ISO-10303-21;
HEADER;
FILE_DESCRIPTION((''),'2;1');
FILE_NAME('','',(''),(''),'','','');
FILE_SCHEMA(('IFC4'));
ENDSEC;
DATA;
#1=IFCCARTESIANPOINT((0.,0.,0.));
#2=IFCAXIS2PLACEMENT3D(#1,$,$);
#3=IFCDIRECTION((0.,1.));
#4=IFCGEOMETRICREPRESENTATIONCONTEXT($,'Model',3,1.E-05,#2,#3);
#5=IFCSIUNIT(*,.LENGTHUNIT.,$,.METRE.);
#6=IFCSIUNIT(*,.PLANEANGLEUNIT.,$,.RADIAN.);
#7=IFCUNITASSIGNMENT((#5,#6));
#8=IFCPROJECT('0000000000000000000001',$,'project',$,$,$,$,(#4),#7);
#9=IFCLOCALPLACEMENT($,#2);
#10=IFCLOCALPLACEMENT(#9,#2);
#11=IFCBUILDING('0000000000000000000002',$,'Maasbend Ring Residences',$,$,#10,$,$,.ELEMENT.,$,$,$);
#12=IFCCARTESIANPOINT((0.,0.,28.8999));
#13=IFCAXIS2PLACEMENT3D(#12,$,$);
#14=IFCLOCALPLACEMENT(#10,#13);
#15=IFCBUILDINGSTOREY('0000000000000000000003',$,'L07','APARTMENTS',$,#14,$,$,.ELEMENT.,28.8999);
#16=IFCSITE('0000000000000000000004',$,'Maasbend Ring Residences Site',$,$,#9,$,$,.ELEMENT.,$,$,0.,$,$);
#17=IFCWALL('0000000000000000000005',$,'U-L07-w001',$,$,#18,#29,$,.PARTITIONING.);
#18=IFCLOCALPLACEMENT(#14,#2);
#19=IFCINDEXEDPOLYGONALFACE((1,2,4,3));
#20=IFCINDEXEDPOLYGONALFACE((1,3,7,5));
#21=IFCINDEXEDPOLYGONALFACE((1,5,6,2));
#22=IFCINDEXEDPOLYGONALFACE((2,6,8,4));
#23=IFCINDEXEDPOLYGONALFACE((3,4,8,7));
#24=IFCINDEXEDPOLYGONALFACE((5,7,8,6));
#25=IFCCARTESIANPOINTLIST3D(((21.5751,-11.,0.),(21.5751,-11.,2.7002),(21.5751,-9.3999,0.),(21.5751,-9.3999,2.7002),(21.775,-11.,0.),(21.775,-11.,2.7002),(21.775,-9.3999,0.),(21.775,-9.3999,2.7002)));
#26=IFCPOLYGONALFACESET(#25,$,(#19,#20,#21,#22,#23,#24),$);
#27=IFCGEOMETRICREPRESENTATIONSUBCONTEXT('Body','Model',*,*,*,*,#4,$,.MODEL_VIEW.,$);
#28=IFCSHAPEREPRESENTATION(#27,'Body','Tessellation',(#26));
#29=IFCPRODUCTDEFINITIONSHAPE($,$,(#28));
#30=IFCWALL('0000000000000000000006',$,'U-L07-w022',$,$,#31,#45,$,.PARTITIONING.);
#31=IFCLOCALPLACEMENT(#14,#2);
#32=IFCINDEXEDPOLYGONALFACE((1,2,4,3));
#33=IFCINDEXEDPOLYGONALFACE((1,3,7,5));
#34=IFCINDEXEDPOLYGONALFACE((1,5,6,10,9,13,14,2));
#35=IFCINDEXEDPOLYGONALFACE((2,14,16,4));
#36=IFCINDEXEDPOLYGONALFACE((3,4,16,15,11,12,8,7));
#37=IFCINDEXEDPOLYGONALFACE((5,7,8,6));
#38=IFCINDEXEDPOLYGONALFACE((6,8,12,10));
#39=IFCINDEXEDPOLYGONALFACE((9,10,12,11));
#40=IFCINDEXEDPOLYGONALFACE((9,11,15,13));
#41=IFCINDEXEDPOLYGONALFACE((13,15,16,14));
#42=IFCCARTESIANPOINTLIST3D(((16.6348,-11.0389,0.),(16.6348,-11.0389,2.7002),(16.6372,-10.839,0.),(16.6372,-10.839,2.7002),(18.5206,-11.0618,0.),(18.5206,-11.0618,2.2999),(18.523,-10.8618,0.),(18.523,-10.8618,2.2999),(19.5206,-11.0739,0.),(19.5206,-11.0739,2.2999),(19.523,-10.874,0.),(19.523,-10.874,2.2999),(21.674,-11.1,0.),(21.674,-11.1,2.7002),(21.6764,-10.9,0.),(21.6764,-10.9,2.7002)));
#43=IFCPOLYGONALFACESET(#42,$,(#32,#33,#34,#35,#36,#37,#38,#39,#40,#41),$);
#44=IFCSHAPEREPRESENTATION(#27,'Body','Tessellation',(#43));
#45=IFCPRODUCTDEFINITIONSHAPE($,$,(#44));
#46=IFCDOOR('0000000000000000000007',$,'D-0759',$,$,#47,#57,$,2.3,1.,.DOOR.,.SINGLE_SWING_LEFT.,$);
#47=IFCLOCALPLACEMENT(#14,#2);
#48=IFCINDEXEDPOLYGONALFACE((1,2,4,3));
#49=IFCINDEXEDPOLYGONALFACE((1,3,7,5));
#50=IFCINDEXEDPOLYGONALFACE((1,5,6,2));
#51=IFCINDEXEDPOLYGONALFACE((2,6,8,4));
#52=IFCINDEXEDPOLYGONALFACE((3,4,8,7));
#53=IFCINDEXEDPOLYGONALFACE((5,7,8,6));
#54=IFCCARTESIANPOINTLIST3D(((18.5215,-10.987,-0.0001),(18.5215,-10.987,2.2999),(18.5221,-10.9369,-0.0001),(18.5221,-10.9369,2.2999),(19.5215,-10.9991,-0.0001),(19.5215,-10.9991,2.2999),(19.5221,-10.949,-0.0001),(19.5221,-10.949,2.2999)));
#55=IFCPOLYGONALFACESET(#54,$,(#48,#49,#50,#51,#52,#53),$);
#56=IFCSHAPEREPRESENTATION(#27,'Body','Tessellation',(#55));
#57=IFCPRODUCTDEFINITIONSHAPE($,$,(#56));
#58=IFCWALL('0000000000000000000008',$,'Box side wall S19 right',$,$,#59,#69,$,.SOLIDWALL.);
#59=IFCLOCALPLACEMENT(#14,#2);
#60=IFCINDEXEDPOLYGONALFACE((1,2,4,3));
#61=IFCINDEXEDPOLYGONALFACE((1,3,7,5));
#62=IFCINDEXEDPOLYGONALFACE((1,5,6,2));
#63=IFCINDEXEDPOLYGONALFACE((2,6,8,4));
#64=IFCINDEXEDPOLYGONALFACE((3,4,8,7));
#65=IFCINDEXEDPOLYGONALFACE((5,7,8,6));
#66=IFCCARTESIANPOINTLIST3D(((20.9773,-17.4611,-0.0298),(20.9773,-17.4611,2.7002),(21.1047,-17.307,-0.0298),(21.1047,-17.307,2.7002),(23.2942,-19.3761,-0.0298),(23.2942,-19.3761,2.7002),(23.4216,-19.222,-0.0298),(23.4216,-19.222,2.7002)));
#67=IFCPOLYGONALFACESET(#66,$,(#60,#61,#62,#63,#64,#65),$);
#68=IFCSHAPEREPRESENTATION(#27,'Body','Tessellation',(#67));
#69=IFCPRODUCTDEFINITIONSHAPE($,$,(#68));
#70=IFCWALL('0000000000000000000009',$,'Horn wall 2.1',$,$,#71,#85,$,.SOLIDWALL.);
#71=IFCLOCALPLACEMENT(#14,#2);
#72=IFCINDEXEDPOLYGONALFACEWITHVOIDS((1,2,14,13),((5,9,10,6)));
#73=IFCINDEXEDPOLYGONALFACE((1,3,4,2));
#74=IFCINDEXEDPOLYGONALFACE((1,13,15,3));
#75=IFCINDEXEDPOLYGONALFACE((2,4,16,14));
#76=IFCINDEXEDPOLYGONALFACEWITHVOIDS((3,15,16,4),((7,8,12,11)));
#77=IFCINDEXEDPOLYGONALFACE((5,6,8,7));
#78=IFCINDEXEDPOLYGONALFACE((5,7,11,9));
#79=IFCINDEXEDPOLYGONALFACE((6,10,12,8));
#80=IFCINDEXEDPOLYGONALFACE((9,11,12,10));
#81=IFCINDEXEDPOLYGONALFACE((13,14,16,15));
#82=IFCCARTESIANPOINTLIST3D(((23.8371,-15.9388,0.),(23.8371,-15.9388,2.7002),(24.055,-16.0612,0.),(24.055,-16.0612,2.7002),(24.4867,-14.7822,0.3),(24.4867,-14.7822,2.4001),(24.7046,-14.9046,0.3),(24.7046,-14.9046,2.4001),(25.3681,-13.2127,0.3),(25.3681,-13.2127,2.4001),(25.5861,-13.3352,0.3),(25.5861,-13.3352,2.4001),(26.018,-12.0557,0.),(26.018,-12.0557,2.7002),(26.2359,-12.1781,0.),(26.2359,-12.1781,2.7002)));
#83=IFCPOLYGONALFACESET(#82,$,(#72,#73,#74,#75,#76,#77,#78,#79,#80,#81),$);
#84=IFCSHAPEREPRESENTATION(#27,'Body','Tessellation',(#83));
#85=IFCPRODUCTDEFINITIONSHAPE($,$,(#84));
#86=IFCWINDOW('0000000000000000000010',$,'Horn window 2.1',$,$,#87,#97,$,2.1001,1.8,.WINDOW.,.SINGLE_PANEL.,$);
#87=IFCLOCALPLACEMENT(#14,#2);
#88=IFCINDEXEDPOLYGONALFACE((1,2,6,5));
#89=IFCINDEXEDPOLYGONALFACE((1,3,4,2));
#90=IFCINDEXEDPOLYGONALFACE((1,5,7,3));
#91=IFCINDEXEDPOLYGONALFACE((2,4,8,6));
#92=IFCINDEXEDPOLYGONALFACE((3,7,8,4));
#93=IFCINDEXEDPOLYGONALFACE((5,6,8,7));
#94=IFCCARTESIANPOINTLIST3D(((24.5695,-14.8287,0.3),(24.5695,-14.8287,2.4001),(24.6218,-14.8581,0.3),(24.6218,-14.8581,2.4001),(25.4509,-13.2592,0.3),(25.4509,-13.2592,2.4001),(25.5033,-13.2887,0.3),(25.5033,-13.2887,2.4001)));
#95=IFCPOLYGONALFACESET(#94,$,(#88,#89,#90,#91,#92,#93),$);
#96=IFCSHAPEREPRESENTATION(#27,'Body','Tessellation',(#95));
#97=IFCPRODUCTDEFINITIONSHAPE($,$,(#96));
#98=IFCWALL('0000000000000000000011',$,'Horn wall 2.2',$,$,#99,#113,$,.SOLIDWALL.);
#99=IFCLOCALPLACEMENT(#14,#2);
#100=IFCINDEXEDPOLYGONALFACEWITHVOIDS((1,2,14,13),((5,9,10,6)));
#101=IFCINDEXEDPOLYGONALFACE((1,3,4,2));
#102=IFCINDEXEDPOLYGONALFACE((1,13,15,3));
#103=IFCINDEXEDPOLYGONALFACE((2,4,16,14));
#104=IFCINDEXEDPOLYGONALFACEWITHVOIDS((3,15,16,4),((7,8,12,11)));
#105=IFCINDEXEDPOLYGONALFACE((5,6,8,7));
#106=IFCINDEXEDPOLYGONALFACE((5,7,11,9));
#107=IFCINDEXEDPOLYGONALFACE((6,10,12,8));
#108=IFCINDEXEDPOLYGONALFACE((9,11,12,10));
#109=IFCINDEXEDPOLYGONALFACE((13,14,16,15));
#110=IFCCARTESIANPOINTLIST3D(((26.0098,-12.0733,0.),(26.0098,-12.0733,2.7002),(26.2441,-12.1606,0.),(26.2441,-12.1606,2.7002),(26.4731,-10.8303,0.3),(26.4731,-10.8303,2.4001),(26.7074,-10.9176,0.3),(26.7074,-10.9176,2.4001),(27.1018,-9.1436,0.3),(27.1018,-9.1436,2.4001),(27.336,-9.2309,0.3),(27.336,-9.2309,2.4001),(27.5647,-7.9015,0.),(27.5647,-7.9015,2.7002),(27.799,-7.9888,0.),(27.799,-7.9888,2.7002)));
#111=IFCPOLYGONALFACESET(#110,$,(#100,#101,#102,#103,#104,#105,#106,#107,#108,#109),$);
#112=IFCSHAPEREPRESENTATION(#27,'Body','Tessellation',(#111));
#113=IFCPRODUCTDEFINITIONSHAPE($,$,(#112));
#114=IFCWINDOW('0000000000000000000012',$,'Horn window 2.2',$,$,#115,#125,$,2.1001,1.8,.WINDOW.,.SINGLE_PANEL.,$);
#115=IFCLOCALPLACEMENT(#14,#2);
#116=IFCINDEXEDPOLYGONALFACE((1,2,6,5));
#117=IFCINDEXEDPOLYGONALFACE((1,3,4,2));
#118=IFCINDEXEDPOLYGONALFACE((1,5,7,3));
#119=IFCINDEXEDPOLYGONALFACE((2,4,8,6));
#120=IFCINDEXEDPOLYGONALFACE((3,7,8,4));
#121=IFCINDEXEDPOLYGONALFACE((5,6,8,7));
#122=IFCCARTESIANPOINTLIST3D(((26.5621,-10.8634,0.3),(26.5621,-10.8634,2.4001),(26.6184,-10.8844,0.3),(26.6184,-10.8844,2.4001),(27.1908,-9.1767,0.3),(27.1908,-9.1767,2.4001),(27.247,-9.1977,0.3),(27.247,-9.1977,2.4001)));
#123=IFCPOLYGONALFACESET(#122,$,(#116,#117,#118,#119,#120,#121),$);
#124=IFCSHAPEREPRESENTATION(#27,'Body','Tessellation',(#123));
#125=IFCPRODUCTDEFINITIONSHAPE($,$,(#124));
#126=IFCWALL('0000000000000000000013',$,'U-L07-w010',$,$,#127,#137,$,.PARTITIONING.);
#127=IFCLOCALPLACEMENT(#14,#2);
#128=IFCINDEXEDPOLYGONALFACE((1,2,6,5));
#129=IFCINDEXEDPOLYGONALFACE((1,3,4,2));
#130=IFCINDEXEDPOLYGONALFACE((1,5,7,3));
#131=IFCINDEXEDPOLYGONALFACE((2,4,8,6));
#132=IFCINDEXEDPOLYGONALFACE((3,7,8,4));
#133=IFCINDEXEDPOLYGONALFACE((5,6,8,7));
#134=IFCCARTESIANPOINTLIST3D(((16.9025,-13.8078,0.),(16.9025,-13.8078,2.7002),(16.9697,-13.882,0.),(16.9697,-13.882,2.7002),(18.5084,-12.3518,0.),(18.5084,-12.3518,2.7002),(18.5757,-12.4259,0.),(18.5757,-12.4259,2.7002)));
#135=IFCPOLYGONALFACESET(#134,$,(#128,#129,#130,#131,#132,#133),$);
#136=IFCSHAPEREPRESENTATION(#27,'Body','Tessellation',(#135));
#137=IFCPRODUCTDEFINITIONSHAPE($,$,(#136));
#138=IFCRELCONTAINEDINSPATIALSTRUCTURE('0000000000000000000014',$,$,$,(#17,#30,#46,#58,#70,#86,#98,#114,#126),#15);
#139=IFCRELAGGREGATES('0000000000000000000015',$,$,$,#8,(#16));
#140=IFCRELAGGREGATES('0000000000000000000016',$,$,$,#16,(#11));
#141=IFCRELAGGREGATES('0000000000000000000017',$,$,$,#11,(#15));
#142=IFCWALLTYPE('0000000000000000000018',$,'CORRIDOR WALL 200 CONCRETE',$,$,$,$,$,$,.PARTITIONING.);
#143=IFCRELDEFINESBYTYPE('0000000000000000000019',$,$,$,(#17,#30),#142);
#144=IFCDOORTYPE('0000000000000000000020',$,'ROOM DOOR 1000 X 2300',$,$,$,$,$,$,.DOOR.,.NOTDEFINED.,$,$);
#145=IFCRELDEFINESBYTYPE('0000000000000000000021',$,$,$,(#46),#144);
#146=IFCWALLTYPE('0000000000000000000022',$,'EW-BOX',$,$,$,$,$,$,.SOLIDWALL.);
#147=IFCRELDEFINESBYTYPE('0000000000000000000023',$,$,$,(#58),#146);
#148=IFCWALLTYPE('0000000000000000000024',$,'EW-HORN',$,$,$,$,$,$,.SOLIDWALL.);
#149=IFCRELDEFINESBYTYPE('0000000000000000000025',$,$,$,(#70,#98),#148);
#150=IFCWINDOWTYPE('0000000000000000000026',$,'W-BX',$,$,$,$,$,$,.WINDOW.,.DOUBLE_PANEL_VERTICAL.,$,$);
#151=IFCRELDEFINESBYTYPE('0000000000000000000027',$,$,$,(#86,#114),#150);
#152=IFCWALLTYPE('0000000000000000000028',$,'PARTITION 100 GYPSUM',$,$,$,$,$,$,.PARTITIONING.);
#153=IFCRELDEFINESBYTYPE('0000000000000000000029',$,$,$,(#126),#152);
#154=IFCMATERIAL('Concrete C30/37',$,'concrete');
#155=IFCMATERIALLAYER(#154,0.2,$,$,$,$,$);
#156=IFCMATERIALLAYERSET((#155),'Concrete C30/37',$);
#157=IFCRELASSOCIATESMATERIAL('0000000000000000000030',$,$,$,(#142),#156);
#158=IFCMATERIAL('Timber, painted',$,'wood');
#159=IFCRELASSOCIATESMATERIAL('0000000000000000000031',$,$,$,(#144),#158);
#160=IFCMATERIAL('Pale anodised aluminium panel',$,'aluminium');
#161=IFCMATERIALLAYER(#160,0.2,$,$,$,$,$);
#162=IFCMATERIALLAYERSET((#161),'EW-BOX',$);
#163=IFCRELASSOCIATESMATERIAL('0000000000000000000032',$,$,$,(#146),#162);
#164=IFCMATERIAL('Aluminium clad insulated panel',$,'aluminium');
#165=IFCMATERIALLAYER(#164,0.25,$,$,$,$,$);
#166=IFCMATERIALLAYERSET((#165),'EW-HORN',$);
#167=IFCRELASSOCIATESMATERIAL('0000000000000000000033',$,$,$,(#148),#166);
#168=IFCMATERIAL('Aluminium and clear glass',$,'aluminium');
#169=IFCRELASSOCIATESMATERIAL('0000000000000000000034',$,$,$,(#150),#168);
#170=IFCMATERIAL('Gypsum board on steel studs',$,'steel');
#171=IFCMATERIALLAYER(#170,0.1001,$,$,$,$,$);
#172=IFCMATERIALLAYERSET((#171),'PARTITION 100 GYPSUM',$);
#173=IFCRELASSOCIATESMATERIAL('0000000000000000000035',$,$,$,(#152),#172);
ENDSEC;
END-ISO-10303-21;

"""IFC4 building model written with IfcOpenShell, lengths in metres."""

from ifc_helpers import new_model, si_unit, direction, frame, frame_2d, origin, place, context, subcontext, project, spatial, rectangle, extrude, material, layer, layer_set, type_object, element, fill, save


model = new_model("IFC4")

# Units and contexts
model_context = context("Model", 3, precision=1e-05, world=origin(), true_north=direction((0.0, 1.0)))
body_context = subcontext(model_context, "Body", "Model", "MODEL_VIEW")
ifc_project = project(units=[si_unit("LENGTHUNIT", "METRE"), si_unit("PLANEANGLEUNIT", "RADIAN")], contexts=[model_context])

# Site, building, storey
site_placement = place(None, origin())
site = spatial("IfcSite", under=ifc_project, at=site_placement, Name="Maasbend Ring Residences Site", CompositionType="ELEMENT", RefElevation=0.0)
building_placement = place(site_placement, origin())
building = spatial("IfcBuilding", under=site, at=building_placement, Name="Maasbend Ring Residences", CompositionType="ELEMENT")
storey_placement = place(building_placement, frame((0.0, 0.0, 28.8999)))
storey = spatial("IfcBuildingStorey", under=building, at=storey_placement, Name="L07", Description="APARTMENTS", CompositionType="ELEMENT", Elevation=28.8999)

# Wall
ifc_material_1 = material(Name="Concrete C30/37", Category="concrete")
ifc_layer_1 = layer(ifc_material_1, 0.2)
ifc_layer_set_1 = layer_set([ifc_layer_1], Name="Concrete C30/37")
wall_type_1 = type_object("IfcWallType", Name="CORRIDOR WALL 200 CONCRETE", PredefinedType="PARTITIONING", material=ifc_layer_set_1)
wall_1_placement = place(storey_placement, frame((21.675, -11.0, 0.0), z_axis=(0.0, 0.0, 1.0), x_axis=(0.0, 1.0, 0.0)))
element("IfcWall", 1, at=wall_1_placement, inside=storey, type_object=wall_type_1, Name="U-L07-w001", PredefinedType="PARTITIONING", context=body_context, shape_type="SweptSolid", body=[
    extrude(rectangle(XDim=1.6001, YDim=0.2, at=frame_2d((0.8, 0.0))), origin(), (0.0, 0.0, 1.0), 2.7002),
])

# Wall, opening, door
wall_2_placement = place(storey_placement, frame((16.636, -10.939, 0.0), z_axis=(0.0, 0.0, 1.0), x_axis=(0.999927, -0.012112, 0.0)))
wall_2 = element("IfcWall", 2, at=wall_2_placement, inside=storey, type_object=wall_type_1, Name="U-L07-w022", PredefinedType="PARTITIONING", context=body_context, shape_type="SweptSolid", body=[
    extrude(rectangle(XDim=5.0396, YDim=0.2, at=frame_2d((2.5198, 0.0))), origin(), (0.0, 0.0, 1.0), 2.7002),
])
opening_1_placement = place(wall_2_placement, frame((1.886, 0.0, 0.0)))
opening_1 = element("IfcOpeningElement", 3, at=opening_1_placement, cuts=wall_2, PredefinedType="OPENING", context=body_context, shape_type="SweptSolid", body=[
    extrude(rectangle(XDim=1.0, YDim=2.3, at=frame_2d((0.5, 1.1499))), frame((0.0, 0.1099, 0.0), z_axis=(0.0, -1.0, 0.0), x_axis=(1.0, 0.0, 0.0)), (0.0, 0.0, 1.0), 0.22),
])
ifc_material_2 = material(Name="Timber, painted", Category="wood")
door_type_1 = type_object("IfcDoorType", Name="ROOM DOOR 1000 X 2300", OperationType="NOTDEFINED", PredefinedType="DOOR", material=ifc_material_2)
door_1_placement = place(opening_1_placement, origin())
door_1 = element("IfcDoor", 4, at=door_1_placement, inside=storey, type_object=door_type_1, Name="D-0759", OperationType="SINGLE_SWING_LEFT", OverallHeight=2.3, OverallWidth=1.0, PredefinedType="DOOR", context=body_context, shape_type="SweptSolid", body=[
    extrude(rectangle(XDim=1.0, YDim=2.3, at=frame_2d((0.5, 1.1499))), frame((0.0, 0.0249, 0.0), z_axis=(0.0, -1.0, 0.0), x_axis=(1.0, 0.0, 0.0)), (0.0, 0.0, 1.0), 0.05),
])
fill(opening_1, door_1)

# Wall
ifc_material_3 = material(Name="Pale anodised aluminium panel", Category="aluminium")
ifc_layer_2 = layer(ifc_material_3, 0.2)
ifc_layer_set_2 = layer_set([ifc_layer_2], Name="EW-BOX")
wall_type_2 = type_object("IfcWallType", Name="EW-BOX", PredefinedType="SOLIDWALL", material=ifc_layer_set_2)
wall_3_placement = place(storey_placement, frame((21.041, -17.384, -0.0298), z_axis=(0.0, 0.0, 1.0), x_axis=(0.770785, -0.637096, 0.0)))
element("IfcWall", 5, at=wall_3_placement, inside=storey, type_object=wall_type_2, Name="Box side wall S19 right", PredefinedType="SOLIDWALL", context=body_context, shape_type="SweptSolid", body=[
    extrude(rectangle(XDim=3.0059, YDim=0.2, at=frame_2d((1.5029, 0.0))), origin(), (0.0, 0.0, 1.0), 2.73),
])

# Walls, openings, windows
ifc_material_4 = material(Name="Aluminium clad insulated panel", Category="aluminium")
ifc_layer_3 = layer(ifc_material_4, 0.25)
ifc_layer_set_3 = layer_set([ifc_layer_3], Name="EW-HORN")
wall_type_3 = type_object("IfcWallType", Name="EW-HORN", PredefinedType="SOLIDWALL", material=ifc_layer_set_3)
wall_4_placement = place(storey_placement, frame((23.946, -16.0, 0.0), z_axis=(0.0, 0.0, 1.0), x_axis=(0.489696, 0.871893, 0.0)))
wall_4 = element("IfcWall", 6, at=wall_4_placement, inside=storey, type_object=wall_type_3, Name="Horn wall 2.1", PredefinedType="SOLIDWALL", context=body_context, shape_type="SweptSolid", body=[
    extrude(rectangle(XDim=4.4536, YDim=0.25, at=frame_2d((2.2268, 0.0))), origin(), (0.0, 0.0, 1.0), 2.7002),
])
opening_2_placement = place(wall_4_placement, frame((1.3267, 0.0, 0.3)))
opening_2 = element("IfcOpeningElement", 7, at=opening_2_placement, cuts=wall_4, PredefinedType="OPENING", context=body_context, shape_type="SweptSolid", body=[
    extrude(rectangle(XDim=1.8, YDim=2.1001, at=frame_2d((0.8999, 1.05))), frame((0.0, 0.135, 0.0), z_axis=(0.0, -1.0, 0.0), x_axis=(1.0, 0.0, 0.0)), (0.0, 0.0, 1.0), 0.27),
])
ifc_material_5 = material(Name="Aluminium and clear glass", Category="aluminium")
window_type = type_object("IfcWindowType", Name="W-BX", PartitioningType="DOUBLE_PANEL_VERTICAL", PredefinedType="WINDOW", material=ifc_material_5)
window_1_placement = place(opening_2_placement, origin())
window_1 = element("IfcWindow", 8, at=window_1_placement, inside=storey, type_object=window_type, Name="Horn window 2.1", OverallHeight=2.1001, OverallWidth=1.8, PartitioningType="SINGLE_PANEL", PredefinedType="WINDOW", context=body_context, shape_type="SweptSolid", body=[
    extrude(rectangle(XDim=1.8, YDim=2.1001, at=frame_2d((0.8999, 1.05))), frame((0.0, 0.03, 0.0), z_axis=(0.0, -1.0, 0.0), x_axis=(1.0, 0.0, 0.0)), (0.0, 0.0, 1.0), 0.0601),
])
fill(opening_2, window_1)
wall_5_placement = place(storey_placement, frame((26.127, -12.1169, 0.0), z_axis=(0.0, 0.0, 1.0), x_axis=(0.349248, 0.93703, 0.0)))
wall_5 = element("IfcWall", 9, at=wall_5_placement, inside=storey, type_object=wall_type_3, Name="Horn wall 2.2", PredefinedType="SOLIDWALL", context=body_context, shape_type="SweptSolid", body=[
    extrude(rectangle(XDim=4.4521, YDim=0.25, at=frame_2d((2.2261, 0.0))), origin(), (0.0, 0.0, 1.0), 2.7002),
])
opening_3_placement = place(wall_5_placement, frame((1.3267, 0.0, 0.3)))
opening_3 = element("IfcOpeningElement", 10, at=opening_3_placement, cuts=wall_5, PredefinedType="OPENING", context=body_context, shape_type="SweptSolid", body=[
    extrude(rectangle(XDim=1.8, YDim=2.1001, at=frame_2d((0.8999, 1.05))), frame((0.0, 0.135, 0.0), z_axis=(0.0, -1.0, 0.0), x_axis=(1.0, 0.0, 0.0)), (0.0, 0.0, 1.0), 0.27),
])
window_2_placement = place(opening_3_placement, origin())
window_2 = element("IfcWindow", 11, at=window_2_placement, inside=storey, type_object=window_type, Name="Horn window 2.2", OverallHeight=2.1001, OverallWidth=1.8, PartitioningType="SINGLE_PANEL", PredefinedType="WINDOW", context=body_context, shape_type="SweptSolid", body=[
    extrude(rectangle(XDim=1.8, YDim=2.1001, at=frame_2d((0.8999, 1.05))), frame((0.0, 0.03, 0.0), z_axis=(0.0, -1.0, 0.0), x_axis=(1.0, 0.0, 0.0)), (0.0, 0.0, 1.0), 0.0601),
])
fill(opening_3, window_2)

# Wall
ifc_material_6 = material(Name="Gypsum board on steel studs", Category="steel")
ifc_layer_4 = layer(ifc_material_6, 0.1001)
ifc_layer_set_4 = layer_set([ifc_layer_4], Name="PARTITION 100 GYPSUM")
wall_type_4 = type_object("IfcWallType", Name="PARTITION 100 GYPSUM", PredefinedType="PARTITIONING", material=ifc_layer_set_4)
wall_6_placement = place(storey_placement, frame((16.936, -13.845, 0.0), z_axis=(0.0, 0.0, 1.0), x_axis=(0.740836, 0.671686, 0.0)))
element("IfcWall", 12, at=wall_6_placement, inside=storey, type_object=wall_type_4, Name="U-L07-w010", PredefinedType="PARTITIONING", context=body_context, shape_type="SweptSolid", body=[
    extrude(rectangle(XDim=2.1677, YDim=0.1001, at=frame_2d((1.084, 0.0))), origin(), (0.0, 0.0, 1.0), 2.7002),
])

save(model, "model.ifc")
